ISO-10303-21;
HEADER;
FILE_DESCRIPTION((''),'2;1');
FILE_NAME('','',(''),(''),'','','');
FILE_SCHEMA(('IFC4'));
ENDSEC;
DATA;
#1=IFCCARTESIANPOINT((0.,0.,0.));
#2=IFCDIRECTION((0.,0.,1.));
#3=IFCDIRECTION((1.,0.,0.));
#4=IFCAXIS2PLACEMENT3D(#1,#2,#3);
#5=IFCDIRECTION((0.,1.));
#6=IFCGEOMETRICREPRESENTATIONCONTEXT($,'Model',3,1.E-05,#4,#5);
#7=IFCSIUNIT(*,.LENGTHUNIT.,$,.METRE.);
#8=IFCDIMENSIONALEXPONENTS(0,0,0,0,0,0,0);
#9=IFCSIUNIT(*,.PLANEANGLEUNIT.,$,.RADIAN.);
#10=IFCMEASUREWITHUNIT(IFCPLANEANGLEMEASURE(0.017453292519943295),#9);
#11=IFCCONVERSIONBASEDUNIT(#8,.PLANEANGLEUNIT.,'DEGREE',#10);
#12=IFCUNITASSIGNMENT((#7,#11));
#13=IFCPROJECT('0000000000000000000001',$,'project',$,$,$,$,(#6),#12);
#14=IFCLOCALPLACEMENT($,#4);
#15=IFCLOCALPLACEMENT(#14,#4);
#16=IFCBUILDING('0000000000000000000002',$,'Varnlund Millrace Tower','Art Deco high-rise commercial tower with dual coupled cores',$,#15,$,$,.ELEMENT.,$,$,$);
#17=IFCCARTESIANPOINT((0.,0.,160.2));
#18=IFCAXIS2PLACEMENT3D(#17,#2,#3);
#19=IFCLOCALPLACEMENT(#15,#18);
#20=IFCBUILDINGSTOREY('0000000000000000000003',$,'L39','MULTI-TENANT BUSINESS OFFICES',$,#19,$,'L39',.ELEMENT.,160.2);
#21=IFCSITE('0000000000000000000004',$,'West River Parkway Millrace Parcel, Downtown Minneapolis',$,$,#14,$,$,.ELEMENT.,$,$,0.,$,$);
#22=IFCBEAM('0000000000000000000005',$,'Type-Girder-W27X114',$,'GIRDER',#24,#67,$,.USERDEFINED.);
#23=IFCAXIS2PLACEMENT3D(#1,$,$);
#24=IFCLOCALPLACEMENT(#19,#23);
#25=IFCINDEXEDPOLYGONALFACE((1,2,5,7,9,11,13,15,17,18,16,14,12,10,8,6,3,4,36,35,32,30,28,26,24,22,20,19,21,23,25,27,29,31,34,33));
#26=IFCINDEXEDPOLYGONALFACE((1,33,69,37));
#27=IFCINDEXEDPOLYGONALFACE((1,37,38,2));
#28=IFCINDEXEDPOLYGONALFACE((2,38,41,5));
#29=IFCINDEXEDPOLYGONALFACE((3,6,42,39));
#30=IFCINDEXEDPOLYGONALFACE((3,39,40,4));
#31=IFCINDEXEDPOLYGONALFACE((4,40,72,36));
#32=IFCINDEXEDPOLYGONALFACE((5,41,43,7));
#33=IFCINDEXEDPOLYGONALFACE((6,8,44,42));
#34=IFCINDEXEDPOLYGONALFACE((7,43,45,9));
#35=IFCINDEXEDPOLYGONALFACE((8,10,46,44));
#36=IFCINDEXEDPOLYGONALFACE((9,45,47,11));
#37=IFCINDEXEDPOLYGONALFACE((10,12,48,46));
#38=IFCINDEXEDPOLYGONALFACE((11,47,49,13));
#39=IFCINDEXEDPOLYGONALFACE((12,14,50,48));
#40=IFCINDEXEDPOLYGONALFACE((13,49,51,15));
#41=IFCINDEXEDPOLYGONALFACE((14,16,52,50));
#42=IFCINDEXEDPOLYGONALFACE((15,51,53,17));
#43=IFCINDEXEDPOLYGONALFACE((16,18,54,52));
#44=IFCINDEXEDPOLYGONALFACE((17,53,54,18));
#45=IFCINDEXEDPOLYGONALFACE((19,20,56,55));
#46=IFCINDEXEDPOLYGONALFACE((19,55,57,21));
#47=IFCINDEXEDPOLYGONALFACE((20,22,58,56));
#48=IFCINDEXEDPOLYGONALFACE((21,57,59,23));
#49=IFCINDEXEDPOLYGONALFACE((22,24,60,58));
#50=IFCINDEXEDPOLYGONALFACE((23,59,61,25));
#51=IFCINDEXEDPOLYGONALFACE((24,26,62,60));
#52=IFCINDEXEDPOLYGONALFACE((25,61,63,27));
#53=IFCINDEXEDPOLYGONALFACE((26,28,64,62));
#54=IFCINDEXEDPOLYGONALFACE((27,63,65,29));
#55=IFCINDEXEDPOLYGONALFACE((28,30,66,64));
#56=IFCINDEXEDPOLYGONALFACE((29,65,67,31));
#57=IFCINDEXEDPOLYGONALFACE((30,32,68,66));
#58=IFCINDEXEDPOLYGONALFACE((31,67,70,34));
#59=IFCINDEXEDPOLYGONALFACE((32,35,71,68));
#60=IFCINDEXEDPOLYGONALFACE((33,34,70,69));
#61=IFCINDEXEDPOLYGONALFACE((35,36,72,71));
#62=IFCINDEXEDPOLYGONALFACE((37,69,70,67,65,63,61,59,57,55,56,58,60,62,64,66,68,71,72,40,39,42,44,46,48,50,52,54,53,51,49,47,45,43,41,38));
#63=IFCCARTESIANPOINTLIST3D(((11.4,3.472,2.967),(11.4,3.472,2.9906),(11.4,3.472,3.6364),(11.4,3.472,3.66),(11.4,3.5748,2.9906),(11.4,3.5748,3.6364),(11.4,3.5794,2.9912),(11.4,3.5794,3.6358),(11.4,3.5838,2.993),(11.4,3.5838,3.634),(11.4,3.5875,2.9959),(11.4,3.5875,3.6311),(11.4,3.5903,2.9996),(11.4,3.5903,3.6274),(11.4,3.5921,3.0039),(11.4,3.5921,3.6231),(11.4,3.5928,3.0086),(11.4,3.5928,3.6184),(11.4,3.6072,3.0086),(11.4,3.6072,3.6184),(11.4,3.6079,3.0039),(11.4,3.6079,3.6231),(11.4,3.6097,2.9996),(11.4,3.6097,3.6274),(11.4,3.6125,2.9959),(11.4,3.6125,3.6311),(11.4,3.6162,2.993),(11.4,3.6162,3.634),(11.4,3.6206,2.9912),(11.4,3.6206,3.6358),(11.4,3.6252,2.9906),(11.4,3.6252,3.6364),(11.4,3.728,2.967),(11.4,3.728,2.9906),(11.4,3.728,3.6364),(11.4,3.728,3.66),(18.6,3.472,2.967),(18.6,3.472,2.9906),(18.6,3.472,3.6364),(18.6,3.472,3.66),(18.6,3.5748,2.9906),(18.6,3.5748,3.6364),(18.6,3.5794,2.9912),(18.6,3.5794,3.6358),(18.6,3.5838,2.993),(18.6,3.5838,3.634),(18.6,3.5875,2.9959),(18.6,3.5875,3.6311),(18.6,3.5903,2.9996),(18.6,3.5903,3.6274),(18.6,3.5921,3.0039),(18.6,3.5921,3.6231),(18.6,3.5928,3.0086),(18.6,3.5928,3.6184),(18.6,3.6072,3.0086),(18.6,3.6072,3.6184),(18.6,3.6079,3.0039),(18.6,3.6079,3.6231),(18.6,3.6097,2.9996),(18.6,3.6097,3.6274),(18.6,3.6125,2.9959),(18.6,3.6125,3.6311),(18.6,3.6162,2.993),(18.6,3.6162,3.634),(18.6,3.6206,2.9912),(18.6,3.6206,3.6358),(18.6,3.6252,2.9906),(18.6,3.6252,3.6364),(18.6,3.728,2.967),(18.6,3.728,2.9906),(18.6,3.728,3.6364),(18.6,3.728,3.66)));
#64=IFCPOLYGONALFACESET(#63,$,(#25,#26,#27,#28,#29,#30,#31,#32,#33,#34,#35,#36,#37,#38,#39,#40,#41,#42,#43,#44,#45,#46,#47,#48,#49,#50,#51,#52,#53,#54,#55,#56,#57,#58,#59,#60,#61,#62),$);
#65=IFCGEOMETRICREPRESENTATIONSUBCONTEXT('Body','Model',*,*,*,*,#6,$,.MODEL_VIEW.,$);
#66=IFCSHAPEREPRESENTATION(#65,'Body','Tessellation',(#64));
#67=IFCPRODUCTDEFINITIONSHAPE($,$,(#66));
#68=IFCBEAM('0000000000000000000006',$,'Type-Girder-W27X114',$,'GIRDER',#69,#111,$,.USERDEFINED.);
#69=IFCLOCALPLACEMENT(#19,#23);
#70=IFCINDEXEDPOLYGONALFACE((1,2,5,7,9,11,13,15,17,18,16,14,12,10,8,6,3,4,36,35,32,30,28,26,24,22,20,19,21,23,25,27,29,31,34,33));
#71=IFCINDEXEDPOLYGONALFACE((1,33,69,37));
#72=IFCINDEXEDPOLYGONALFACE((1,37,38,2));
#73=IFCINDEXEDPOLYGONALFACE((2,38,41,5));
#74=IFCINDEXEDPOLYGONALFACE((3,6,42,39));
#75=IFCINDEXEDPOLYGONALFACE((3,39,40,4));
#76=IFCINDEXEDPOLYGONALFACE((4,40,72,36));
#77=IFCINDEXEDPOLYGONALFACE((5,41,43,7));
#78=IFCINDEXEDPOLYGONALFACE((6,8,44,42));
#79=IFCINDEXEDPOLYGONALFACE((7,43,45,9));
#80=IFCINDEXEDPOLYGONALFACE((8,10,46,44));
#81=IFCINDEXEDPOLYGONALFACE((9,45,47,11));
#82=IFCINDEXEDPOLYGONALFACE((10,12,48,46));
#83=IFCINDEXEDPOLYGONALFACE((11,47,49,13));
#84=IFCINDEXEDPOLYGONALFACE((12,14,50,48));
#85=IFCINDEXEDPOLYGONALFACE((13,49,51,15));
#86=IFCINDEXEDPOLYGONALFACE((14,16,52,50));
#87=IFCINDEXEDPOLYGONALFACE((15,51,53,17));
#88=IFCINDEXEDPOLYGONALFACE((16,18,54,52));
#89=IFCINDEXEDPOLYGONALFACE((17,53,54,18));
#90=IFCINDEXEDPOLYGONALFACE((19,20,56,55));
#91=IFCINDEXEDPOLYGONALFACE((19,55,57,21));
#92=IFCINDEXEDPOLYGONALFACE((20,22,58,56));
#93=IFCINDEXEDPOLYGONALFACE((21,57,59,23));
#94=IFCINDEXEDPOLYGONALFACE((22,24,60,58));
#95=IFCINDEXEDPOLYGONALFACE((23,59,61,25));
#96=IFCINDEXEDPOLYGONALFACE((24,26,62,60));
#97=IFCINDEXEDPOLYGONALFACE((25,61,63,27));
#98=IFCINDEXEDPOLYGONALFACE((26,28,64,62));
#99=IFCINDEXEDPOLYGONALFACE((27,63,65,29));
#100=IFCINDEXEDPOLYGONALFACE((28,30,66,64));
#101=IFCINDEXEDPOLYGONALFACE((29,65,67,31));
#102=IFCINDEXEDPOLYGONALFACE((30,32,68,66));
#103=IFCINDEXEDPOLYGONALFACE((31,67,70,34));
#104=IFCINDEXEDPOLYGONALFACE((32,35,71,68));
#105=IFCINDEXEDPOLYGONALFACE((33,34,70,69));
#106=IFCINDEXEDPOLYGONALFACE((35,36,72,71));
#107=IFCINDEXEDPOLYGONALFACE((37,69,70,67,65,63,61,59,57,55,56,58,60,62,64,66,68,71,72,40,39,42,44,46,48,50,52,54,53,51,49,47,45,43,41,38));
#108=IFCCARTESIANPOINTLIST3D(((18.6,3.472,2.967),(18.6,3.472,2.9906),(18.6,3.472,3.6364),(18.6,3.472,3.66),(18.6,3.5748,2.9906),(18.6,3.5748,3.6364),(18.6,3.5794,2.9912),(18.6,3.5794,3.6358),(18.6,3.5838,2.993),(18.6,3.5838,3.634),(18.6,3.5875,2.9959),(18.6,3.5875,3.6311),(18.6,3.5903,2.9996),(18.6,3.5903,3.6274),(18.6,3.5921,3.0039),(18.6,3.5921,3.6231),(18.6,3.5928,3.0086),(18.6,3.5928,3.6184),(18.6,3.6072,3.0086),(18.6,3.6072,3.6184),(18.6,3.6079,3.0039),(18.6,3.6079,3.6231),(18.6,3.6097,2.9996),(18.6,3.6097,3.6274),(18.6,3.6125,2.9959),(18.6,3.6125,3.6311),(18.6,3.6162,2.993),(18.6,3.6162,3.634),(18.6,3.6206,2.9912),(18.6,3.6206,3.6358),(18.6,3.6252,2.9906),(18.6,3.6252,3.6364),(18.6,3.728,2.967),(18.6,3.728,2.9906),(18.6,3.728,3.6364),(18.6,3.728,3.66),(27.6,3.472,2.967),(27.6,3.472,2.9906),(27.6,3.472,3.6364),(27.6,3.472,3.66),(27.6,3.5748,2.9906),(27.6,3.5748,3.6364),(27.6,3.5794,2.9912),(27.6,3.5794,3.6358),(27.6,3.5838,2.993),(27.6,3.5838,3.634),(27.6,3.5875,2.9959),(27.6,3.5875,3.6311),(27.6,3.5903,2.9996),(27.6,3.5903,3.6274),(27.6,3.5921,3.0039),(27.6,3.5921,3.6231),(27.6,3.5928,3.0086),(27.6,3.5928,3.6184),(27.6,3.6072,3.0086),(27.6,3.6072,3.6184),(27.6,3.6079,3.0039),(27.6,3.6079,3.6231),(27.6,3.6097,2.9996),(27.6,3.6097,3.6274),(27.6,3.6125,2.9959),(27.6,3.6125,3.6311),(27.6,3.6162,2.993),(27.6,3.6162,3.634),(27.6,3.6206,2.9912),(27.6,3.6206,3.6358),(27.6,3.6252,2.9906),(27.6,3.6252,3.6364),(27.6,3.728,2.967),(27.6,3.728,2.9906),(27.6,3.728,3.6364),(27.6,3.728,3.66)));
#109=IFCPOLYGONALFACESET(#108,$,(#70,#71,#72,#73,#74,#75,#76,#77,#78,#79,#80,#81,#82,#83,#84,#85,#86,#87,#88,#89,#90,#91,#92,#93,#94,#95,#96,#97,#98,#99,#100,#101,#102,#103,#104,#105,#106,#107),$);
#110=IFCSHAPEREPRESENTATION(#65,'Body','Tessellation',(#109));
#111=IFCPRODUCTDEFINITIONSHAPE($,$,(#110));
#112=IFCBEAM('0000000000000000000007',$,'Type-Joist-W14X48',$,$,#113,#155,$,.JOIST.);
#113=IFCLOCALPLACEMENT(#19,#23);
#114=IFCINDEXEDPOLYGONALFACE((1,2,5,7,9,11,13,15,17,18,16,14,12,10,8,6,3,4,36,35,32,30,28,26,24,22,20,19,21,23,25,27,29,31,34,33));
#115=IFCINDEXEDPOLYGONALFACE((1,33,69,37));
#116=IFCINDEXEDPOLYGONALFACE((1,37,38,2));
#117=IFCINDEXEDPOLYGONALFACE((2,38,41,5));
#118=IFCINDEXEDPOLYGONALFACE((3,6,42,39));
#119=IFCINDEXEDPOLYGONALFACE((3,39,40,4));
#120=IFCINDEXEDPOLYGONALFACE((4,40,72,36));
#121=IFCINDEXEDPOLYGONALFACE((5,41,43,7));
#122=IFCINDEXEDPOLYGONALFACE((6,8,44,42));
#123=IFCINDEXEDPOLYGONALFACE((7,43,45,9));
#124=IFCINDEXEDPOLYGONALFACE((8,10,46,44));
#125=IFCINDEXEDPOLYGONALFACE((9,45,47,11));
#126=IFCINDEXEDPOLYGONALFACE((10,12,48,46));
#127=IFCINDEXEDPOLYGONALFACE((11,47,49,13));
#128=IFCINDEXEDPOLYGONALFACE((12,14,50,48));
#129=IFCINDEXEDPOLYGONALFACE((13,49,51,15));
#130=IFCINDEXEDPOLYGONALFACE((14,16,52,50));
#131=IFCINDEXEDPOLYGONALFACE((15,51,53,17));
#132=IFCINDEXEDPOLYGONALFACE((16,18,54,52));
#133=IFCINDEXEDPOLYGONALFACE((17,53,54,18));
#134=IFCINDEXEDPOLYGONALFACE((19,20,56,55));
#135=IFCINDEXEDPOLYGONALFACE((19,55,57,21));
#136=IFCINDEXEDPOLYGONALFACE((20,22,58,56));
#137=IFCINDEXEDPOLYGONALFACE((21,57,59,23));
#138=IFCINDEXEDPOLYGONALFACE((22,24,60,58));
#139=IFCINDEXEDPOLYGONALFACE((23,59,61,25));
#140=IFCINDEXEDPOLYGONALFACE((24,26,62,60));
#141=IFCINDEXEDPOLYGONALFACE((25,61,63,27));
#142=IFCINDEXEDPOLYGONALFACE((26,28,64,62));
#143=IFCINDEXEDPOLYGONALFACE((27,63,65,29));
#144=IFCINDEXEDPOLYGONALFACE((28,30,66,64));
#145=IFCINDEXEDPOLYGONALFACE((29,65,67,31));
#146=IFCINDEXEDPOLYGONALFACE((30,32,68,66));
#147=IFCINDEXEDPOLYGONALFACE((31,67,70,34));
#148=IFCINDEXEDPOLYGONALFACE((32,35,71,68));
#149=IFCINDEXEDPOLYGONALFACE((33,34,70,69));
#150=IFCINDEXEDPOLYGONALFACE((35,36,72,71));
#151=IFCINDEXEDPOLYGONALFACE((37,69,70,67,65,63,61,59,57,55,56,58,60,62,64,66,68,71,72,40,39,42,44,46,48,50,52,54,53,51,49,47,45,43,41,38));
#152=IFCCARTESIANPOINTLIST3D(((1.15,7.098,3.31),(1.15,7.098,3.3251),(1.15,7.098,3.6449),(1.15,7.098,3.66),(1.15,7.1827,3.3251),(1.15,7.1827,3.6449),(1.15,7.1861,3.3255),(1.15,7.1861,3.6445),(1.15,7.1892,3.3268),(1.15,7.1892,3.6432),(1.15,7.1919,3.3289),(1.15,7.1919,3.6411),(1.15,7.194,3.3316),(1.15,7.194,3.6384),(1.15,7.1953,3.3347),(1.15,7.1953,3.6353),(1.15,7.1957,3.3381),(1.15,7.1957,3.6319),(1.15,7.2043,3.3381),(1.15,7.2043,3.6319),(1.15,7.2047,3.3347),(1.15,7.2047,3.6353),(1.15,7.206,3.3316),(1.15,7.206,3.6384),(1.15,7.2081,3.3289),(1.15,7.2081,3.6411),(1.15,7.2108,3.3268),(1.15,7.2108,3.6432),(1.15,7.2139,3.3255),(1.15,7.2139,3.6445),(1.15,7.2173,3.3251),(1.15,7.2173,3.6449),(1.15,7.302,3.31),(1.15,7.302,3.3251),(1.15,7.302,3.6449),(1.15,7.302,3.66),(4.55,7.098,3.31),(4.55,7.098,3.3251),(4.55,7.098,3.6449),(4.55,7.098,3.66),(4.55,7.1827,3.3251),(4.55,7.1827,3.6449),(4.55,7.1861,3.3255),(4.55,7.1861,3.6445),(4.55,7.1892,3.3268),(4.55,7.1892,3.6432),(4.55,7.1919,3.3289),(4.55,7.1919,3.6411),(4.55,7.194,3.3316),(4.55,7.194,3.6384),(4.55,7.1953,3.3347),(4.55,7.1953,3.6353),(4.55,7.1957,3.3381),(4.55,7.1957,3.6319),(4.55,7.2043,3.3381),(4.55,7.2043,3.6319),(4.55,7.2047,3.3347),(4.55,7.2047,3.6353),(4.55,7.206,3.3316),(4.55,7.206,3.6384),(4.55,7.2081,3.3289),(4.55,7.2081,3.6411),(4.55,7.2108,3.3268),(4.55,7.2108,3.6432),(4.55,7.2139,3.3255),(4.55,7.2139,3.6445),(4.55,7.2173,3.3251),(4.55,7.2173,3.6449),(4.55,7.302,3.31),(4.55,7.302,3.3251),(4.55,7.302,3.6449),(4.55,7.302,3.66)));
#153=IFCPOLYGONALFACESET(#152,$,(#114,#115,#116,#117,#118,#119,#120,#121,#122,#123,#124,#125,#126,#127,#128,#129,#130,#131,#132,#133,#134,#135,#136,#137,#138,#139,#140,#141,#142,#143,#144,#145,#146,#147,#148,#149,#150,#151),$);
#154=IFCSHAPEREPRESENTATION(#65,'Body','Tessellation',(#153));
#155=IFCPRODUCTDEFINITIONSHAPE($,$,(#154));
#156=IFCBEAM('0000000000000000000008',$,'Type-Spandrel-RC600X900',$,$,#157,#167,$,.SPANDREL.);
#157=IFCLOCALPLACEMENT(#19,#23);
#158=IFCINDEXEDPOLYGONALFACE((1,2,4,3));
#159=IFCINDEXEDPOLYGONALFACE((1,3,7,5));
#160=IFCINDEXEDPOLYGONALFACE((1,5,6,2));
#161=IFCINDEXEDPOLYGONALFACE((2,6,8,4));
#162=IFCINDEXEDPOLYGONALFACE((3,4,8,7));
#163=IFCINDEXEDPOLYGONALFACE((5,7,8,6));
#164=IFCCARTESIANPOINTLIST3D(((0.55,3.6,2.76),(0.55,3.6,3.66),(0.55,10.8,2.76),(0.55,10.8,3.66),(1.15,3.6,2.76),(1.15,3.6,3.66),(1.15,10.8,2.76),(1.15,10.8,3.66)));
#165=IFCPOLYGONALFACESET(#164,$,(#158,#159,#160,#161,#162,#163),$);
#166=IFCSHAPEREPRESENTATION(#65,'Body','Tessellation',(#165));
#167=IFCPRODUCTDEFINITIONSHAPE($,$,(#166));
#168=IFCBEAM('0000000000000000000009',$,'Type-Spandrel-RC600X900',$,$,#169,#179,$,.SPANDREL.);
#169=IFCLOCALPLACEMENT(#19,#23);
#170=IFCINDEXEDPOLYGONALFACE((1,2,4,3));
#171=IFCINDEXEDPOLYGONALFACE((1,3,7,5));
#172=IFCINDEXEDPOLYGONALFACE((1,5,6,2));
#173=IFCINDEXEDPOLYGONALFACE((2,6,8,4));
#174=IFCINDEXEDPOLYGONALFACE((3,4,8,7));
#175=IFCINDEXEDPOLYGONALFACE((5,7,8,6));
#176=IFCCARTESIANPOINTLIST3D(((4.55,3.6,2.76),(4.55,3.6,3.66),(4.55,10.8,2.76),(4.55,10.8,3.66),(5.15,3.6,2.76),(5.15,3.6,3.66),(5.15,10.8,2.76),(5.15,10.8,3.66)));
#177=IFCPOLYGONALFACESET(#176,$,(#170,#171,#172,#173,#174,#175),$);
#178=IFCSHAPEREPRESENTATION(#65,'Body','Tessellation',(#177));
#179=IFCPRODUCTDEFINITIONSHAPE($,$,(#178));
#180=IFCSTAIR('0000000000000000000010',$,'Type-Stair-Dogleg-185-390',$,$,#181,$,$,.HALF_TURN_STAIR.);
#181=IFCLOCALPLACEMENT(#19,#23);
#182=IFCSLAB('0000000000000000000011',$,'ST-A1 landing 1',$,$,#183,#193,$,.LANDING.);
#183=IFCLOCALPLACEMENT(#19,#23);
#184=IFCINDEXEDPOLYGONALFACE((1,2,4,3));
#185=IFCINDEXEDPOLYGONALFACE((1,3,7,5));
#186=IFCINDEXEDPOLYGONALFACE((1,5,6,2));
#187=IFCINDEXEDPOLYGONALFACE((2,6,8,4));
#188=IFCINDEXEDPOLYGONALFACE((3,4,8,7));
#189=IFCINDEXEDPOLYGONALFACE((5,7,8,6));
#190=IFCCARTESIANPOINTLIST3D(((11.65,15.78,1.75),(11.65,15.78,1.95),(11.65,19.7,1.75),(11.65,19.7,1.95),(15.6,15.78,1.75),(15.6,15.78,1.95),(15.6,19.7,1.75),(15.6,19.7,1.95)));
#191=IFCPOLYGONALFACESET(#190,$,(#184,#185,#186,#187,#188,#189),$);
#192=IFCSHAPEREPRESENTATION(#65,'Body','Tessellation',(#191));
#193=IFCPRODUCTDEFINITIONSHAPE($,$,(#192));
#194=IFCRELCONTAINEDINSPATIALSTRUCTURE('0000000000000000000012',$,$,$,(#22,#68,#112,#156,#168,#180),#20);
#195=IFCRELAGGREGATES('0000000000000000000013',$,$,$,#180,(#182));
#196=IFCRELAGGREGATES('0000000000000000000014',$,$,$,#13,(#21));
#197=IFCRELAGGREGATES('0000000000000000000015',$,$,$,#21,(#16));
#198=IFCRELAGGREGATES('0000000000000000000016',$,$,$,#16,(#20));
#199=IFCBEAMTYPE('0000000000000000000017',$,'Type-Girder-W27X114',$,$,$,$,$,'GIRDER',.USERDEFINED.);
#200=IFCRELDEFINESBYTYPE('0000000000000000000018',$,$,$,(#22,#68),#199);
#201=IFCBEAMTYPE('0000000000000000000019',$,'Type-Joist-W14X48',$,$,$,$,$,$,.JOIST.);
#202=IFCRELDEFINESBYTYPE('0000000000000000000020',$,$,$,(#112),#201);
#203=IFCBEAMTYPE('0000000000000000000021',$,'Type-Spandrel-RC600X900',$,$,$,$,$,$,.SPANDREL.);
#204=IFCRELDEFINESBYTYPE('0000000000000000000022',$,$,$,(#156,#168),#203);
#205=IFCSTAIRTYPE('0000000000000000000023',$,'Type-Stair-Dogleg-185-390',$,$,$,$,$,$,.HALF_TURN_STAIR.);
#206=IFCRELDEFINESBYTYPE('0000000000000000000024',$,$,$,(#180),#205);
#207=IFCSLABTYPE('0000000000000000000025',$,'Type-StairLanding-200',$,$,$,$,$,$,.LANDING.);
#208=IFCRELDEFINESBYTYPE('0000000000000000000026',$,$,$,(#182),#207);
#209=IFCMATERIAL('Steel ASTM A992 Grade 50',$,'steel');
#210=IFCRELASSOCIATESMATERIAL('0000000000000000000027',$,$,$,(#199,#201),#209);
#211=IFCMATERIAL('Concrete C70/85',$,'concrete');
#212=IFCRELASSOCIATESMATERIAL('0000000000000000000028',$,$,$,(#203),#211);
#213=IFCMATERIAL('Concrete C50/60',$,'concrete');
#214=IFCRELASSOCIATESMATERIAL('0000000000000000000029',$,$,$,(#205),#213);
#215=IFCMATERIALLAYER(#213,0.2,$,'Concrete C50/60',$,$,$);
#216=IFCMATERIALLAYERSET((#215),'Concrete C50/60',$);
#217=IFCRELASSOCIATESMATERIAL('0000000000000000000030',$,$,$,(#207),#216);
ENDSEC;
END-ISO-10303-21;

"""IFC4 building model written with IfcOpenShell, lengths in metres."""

from ifc_helpers import new_model, entity, si_unit, converted_unit, direction, frame, origin_with_axes, origin_2d_with_axis, place, context, subcontext, project, spatial, polyline, rectangle, i_section, outline, extrude, material, layer, layer_set, material_profile, profile_set, type_object, element, aggregate, save


model = new_model("IFC4")

# Units and contexts
model_context = context("Model", 3, precision=1e-05, world=origin_with_axes(), true_north=direction((0.0, 1.0)))
body_context = subcontext(model_context, "Body", "Model", "MODEL_VIEW")
ifc_project = project(units=[si_unit("LENGTHUNIT", "METRE"), converted_unit("PLANEANGLEUNIT", "DEGREE", entity("IfcPlaneAngleMeasure", 0.017453292519943295), si_unit("PLANEANGLEUNIT", "RADIAN"), dimensions=[0, 0, 0, 0, 0, 0, 0])], contexts=[model_context])

# Site, building, storey
site_placement = place(None, origin_with_axes())
site = spatial("IfcSite", under=ifc_project, at=site_placement, Name="West River Parkway Millrace Parcel, Downtown Minneapolis", CompositionType="ELEMENT", RefElevation=0.0)
building_placement = place(site_placement, origin_with_axes())
building = spatial("IfcBuilding", under=site, at=building_placement, Name="Varnlund Millrace Tower", Description="Art Deco high-rise commercial tower with dual coupled cores", CompositionType="ELEMENT")
storey_placement = place(building_placement, frame((0.0, 0.0, 160.2), z_axis=(0.0, 0.0, 1.0), x_axis=(1.0, 0.0, 0.0)))
storey = spatial("IfcBuildingStorey", under=building, at=storey_placement, Name="L39", Description="MULTI-TENANT BUSINESS OFFICES", LongName="L39", CompositionType="ELEMENT", Elevation=160.2)

# Beams
ifc_material_1 = material(Name="Steel ASTM A992 Grade 50", Category="steel")
ifc_material_profile_1 = material_profile(ifc_material_1, i_section(OverallWidth=0.256, OverallDepth=0.693, WebThickness=0.0145, FlangeThickness=0.0236, FilletRadius=0.018, at=origin_2d_with_axis()), Name="Steel ASTM A992 Grade 50")
ifc_profile_set_1 = profile_set([ifc_material_profile_1], Name="Steel ASTM A992 Grade 50")
beam_type_1 = type_object("IfcBeamType", Name="Type-Girder-W27X114", ElementType="GIRDER", PredefinedType="USERDEFINED", material=ifc_profile_set_1)
beam_1_placement = place(storey_placement, frame((11.4, 3.6, 3.3135), z_axis=(1.0, 0.0, 0.0), x_axis=(0.0, 1.0, 0.0)))
element("IfcBeam", 1, at=beam_1_placement, inside=storey, type_object=beam_type_1, Name="Type-Girder-W27X114", ObjectType="GIRDER", PredefinedType="USERDEFINED", context=body_context, shape_type="SweptSolid", body=[
    extrude(i_section(OverallWidth=0.256, OverallDepth=0.693, WebThickness=0.0145, FlangeThickness=0.0236, FilletRadius=0.018, at=origin_2d_with_axis()), origin_with_axes(), (0.0, 0.0, 1.0), 7.2),
])
beam_2_placement = place(storey_placement, frame((18.6, 3.6, 3.3135), z_axis=(1.0, 0.0, 0.0), x_axis=(0.0, 1.0, 0.0)))
element("IfcBeam", 2, at=beam_2_placement, inside=storey, type_object=beam_type_1, Name="Type-Girder-W27X114", ObjectType="GIRDER", PredefinedType="USERDEFINED", context=body_context, shape_type="SweptSolid", body=[
    extrude(i_section(OverallWidth=0.256, OverallDepth=0.693, WebThickness=0.0145, FlangeThickness=0.0236, FilletRadius=0.018, at=origin_2d_with_axis()), origin_with_axes(), (0.0, 0.0, 1.0), 9.0),
])
ifc_material_profile_2 = material_profile(ifc_material_1, i_section(OverallWidth=0.204, OverallDepth=0.35, WebThickness=0.0086, FlangeThickness=0.0151, FilletRadius=0.013, at=origin_2d_with_axis()), Name="Steel ASTM A992 Grade 50")
ifc_profile_set_2 = profile_set([ifc_material_profile_2], Name="Steel ASTM A992 Grade 50")
beam_type_2 = type_object("IfcBeamType", Name="Type-Joist-W14X48", PredefinedType="JOIST", material=ifc_profile_set_2)
beam_3_placement = place(storey_placement, frame((1.15, 7.2, 3.485), z_axis=(1.0, 0.0, 0.0), x_axis=(0.0, 1.0, 0.0)))
element("IfcBeam", 3, at=beam_3_placement, inside=storey, type_object=beam_type_2, Name="Type-Joist-W14X48", PredefinedType="JOIST", context=body_context, shape_type="SweptSolid", body=[
    extrude(i_section(OverallWidth=0.204, OverallDepth=0.35, WebThickness=0.0086, FlangeThickness=0.0151, FilletRadius=0.013, at=origin_2d_with_axis()), origin_with_axes(), (0.0, 0.0, 1.0), 3.4),
])
ifc_material_2 = material(Name="Concrete C70/85", Category="concrete")
ifc_material_profile_3 = material_profile(ifc_material_2, rectangle(XDim=0.6, YDim=0.9, at=origin_2d_with_axis()), Name="Concrete C70/85")
ifc_profile_set_3 = profile_set([ifc_material_profile_3], Name="Concrete C70/85")
beam_type_3 = type_object("IfcBeamType", Name="Type-Spandrel-RC600X900", PredefinedType="SPANDREL", material=ifc_profile_set_3)
for number, where, z_axis, x_axis, name in (
    (4, (0.85, 3.6, 3.21), (0.0, 1.0, 0.0), (-1.0, 0.0, 0.0), "Type-Spandrel-RC600X900"),
    (5, (4.85, 3.6, 3.21), (0.0, 1.0, 0.0), (-1.0, 0.0, 0.0), "Type-Spandrel-RC600X900"),
):
    element("IfcBeam", number, at=place(storey_placement, frame(where, z_axis=z_axis, x_axis=x_axis)), inside=storey, type_object=beam_type_3, Name=name, PredefinedType="SPANDREL", context=body_context, shape_type="SweptSolid", body=[
        extrude(rectangle(XDim=0.6, YDim=0.9, at=origin_2d_with_axis()), origin_with_axes(), (0.0, 0.0, 1.0), 7.2),
    ])

# Stair, slab
ifc_material_3 = material(Name="Concrete C50/60", Category="concrete")
stair_type_1 = type_object("IfcStairType", Name="Type-Stair-Dogleg-185-390", PredefinedType="HALF_TURN_STAIR", material=ifc_material_3)
stair_1_placement = place(storey_placement, origin_with_axes())
stair_1 = element("IfcStair", 6, at=stair_1_placement, inside=storey, type_object=stair_type_1, Name="Type-Stair-Dogleg-185-390", PredefinedType="HALF_TURN_STAIR")
ifc_layer_1 = layer(ifc_material_3, 0.2, Name="Concrete C50/60")
ifc_layer_set_1 = layer_set([ifc_layer_1], Name="Concrete C50/60")
slab_type = type_object("IfcSlabType", Name="Type-StairLanding-200", PredefinedType="LANDING", material=ifc_layer_set_1)
slab_1_placement = place(storey_placement, frame((0.0, 0.0, 1.75), z_axis=(0.0, 0.0, 1.0), x_axis=(1.0, 0.0, 0.0)))
slab_1 = element("IfcSlab", 7, at=slab_1_placement, type_object=slab_type, Name="ST-A1 landing 1", PredefinedType="LANDING", context=body_context, shape_type="SweptSolid", body=[
    extrude(outline(polyline([(15.6, 15.78), (15.6, 19.7), (11.65, 19.7), (11.65, 15.78), (15.6, 15.78)])), origin_with_axes(), (0.0, 0.0, 1.0), 0.2),
])
aggregate(stair_1, [slab_1])

save(model, "model.ifc")
